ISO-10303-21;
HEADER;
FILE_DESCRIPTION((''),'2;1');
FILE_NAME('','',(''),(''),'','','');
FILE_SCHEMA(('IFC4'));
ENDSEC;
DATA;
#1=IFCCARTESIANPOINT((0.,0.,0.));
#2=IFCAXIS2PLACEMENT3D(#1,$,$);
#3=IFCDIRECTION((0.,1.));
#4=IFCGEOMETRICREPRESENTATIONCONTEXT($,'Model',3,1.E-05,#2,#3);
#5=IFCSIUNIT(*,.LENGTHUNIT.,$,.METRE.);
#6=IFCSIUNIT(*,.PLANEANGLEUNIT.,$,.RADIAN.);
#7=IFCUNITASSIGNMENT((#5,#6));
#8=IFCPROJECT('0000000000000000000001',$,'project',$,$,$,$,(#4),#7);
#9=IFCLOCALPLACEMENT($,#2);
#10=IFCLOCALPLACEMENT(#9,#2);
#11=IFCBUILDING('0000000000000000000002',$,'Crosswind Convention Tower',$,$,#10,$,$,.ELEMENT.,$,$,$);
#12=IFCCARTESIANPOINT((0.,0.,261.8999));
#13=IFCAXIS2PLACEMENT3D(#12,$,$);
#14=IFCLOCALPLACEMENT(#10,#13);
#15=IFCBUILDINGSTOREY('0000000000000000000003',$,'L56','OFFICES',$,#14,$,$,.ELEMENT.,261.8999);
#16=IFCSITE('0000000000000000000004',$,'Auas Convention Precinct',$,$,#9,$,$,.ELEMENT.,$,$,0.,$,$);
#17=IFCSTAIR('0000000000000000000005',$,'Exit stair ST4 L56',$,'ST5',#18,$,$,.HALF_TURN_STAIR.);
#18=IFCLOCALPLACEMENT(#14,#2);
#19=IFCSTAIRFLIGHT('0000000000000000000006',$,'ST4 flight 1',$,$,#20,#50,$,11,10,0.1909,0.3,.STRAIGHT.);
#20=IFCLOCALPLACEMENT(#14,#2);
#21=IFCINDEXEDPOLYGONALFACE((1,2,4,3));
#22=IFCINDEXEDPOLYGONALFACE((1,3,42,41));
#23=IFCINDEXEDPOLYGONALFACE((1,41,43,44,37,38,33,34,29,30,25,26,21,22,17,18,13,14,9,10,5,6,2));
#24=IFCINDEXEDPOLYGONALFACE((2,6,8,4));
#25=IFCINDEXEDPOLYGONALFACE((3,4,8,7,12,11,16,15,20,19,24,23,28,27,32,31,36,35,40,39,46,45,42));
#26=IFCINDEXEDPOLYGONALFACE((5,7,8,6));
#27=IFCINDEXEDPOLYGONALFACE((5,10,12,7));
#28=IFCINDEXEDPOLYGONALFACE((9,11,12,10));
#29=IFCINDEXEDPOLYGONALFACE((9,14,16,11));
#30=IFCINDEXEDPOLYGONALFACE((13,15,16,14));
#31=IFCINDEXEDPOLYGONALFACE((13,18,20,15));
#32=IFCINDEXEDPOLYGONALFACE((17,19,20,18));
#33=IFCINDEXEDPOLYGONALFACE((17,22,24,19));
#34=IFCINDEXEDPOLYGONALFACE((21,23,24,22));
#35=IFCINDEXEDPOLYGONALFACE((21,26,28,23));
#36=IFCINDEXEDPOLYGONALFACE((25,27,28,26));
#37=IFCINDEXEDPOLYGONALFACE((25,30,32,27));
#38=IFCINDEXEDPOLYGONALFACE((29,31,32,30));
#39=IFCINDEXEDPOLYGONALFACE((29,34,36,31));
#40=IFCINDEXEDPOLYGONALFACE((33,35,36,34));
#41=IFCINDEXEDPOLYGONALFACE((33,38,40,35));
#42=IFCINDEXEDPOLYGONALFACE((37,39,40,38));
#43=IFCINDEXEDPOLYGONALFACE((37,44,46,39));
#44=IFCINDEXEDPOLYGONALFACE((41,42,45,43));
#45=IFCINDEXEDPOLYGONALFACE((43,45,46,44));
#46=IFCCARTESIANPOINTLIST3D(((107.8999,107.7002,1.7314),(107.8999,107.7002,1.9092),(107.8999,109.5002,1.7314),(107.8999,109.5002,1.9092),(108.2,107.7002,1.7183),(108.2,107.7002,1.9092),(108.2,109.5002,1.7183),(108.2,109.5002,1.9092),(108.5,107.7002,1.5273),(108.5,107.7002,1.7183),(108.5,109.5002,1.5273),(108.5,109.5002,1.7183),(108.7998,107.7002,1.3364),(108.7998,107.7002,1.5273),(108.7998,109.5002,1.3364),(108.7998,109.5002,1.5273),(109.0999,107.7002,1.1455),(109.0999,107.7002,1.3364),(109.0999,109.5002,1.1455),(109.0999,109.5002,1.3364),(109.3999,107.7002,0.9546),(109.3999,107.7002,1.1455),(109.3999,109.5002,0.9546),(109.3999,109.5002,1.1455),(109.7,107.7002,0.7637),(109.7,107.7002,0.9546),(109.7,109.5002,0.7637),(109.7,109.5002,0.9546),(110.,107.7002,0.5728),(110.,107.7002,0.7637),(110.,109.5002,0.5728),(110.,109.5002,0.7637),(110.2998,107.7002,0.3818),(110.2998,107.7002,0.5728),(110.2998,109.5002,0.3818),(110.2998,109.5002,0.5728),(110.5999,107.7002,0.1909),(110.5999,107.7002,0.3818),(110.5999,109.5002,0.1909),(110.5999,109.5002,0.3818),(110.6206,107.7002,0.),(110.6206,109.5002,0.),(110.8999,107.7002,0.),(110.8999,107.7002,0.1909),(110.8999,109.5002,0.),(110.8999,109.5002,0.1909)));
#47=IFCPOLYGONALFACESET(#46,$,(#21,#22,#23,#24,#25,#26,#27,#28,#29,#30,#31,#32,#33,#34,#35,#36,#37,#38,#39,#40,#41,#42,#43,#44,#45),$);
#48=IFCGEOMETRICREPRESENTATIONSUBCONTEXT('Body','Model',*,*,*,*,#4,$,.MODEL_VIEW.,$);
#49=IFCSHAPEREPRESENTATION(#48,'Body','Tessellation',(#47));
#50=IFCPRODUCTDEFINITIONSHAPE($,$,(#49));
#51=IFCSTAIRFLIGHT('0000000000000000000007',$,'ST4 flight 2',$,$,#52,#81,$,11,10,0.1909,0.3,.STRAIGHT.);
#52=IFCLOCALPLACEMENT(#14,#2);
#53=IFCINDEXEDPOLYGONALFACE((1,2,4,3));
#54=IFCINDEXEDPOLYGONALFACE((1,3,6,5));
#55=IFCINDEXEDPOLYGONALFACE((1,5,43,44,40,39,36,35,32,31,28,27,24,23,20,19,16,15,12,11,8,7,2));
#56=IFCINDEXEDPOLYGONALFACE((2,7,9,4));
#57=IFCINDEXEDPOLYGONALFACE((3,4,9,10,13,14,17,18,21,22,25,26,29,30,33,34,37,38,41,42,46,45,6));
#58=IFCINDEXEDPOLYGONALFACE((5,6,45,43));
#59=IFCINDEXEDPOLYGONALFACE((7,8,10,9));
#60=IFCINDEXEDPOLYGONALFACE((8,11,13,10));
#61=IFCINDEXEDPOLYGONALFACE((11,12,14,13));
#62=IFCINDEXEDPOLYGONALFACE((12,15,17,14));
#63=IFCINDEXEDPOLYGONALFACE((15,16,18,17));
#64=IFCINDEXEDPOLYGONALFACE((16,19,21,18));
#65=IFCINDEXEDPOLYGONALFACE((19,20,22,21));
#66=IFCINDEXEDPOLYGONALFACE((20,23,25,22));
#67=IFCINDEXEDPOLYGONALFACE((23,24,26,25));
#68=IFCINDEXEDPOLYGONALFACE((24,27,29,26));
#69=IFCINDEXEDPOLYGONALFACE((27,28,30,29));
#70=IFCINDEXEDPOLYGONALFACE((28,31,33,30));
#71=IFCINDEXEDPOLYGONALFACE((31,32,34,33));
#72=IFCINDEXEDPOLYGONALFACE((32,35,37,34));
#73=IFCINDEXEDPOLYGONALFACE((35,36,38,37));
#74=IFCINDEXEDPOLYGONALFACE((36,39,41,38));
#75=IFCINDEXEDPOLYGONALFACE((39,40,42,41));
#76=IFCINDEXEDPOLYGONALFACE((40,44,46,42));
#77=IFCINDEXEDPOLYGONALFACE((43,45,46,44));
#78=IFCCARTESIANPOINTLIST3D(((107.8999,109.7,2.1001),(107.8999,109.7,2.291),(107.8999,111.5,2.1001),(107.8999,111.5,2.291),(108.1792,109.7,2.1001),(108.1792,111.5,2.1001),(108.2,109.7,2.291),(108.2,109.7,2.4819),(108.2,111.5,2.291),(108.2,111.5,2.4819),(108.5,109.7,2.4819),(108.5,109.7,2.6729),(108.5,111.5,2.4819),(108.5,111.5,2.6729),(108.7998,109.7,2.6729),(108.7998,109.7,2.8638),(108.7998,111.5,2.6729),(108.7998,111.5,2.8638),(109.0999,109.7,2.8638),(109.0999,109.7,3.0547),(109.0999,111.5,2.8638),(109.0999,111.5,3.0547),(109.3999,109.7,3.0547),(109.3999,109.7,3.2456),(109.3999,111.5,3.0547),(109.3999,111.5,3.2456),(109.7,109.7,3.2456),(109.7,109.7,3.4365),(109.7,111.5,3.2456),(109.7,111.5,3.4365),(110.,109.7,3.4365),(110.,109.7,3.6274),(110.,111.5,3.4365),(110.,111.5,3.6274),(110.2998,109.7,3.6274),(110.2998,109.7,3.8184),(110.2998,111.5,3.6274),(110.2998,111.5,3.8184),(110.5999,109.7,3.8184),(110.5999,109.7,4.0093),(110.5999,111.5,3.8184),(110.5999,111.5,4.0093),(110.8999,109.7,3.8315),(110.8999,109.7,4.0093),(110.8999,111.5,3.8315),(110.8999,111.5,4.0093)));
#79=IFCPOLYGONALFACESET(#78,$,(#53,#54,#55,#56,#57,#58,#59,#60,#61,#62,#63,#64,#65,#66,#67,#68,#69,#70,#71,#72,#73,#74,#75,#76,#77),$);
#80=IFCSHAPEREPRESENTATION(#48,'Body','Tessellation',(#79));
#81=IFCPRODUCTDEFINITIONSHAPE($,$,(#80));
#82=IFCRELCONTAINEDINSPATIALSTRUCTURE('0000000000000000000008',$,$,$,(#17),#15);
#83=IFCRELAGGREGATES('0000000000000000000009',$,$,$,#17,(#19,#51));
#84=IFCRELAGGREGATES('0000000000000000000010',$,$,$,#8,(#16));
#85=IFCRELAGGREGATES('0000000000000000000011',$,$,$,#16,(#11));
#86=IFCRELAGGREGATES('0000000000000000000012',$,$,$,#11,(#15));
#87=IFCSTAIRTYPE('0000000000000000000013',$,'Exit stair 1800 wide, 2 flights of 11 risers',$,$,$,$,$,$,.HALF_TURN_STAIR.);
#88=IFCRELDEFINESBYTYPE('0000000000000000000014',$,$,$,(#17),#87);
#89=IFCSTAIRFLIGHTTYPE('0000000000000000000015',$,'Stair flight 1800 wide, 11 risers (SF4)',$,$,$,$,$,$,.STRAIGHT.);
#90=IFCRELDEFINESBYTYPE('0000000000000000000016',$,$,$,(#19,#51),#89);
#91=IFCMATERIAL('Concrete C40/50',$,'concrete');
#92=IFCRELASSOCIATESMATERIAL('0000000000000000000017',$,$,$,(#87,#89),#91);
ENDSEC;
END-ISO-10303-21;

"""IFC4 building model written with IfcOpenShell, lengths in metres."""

from ifc_helpers import new_model, si_unit, direction, frame, origin, place, context, subcontext, project, spatial, polyline, outline, extrude, material, type_object, element, aggregate, save


model = new_model("IFC4")

# Units and contexts
model_context = context("Model", 3, precision=1e-05, world=origin(), true_north=direction((0.0, 1.0)))
body_context = subcontext(model_context, "Body", "Model", "MODEL_VIEW")
ifc_project = project(units=[si_unit("LENGTHUNIT", "METRE"), si_unit("PLANEANGLEUNIT", "RADIAN")], contexts=[model_context])

# Site, building, storey
site_placement = place(None, origin())
site = spatial("IfcSite", under=ifc_project, at=site_placement, Name="Auas Convention Precinct", CompositionType="ELEMENT", RefElevation=0.0)
building_placement = place(site_placement, origin())
building = spatial("IfcBuilding", under=site, at=building_placement, Name="Crosswind Convention Tower", CompositionType="ELEMENT")
storey_placement = place(building_placement, frame((0.0, 0.0, 261.8999)))
storey = spatial("IfcBuildingStorey", under=building, at=storey_placement, Name="L56", Description="OFFICES", CompositionType="ELEMENT", Elevation=261.8999)

# Stair, stair flights
ifc_material_1 = material(Name="Concrete C40/50", Category="concrete")
stair_type = type_object("IfcStairType", Name="Exit stair 1800 wide, 2 flights of 11 risers", PredefinedType="HALF_TURN_STAIR", material=ifc_material_1)
stair_placement = place(storey_placement, origin())
stair = element("IfcStair", 1, at=stair_placement, inside=storey, type_object=stair_type, Name="Exit stair ST4 L56", ObjectType="ST5", PredefinedType="HALF_TURN_STAIR")
stair_flight_type = type_object("IfcStairFlightType", Name="Stair flight 1800 wide, 11 risers (SF4)", PredefinedType="STRAIGHT", material=ifc_material_1)
stair_flight_1_placement = place(storey_placement, frame((110.8999, 108.6001, 0.0), z_axis=(0.0, 0.0, 1.0), x_axis=(-1.0, 0.0, 0.0)))
stair_flight_1 = element("IfcStairFlight", 2, at=stair_flight_1_placement, type_object=stair_flight_type, Name="ST4 flight 1", NumberOfRisers=11, NumberOfTreads=10, PredefinedType="STRAIGHT", RiserHeight=0.1909, TreadLength=0.3, context=body_context, shape_type="SweptSolid", body=[
    extrude(outline(polyline([(0.0, 0.0), (0.0, 0.1909), (0.3, 0.1909), (0.3, 0.3818), (0.6001, 0.3818), (0.6001, 0.5728), (0.8999, 0.5728), (0.8999, 0.7637), (1.2, 0.7637), (1.2, 0.9546), (1.5, 0.9546), (1.5, 1.1455), (1.8, 1.1455), (1.8, 1.3364), (2.1001, 1.3364), (2.1001, 1.5273), (2.3999, 1.5273), (2.3999, 1.7183), (2.7, 1.7183), (2.7, 1.9092), (3.0, 1.9092), (3.0, 2.1001), (3.0, 1.7314), (0.2793, 0.0), (0.0, 0.0)])), frame((0.0, 0.8999, 0.0), z_axis=(0.0, -1.0, 0.0), x_axis=(1.0, 0.0, 0.0)), (0.0, 0.0, 1.0), 1.8),
])
stair_flight_2_placement = place(storey_placement, frame((107.8999, 110.6001, 2.1001), z_axis=(0.0, 0.0, 1.0), x_axis=(1.0, 0.0, 0.0)))
stair_flight_2 = element("IfcStairFlight", 3, at=stair_flight_2_placement, type_object=stair_flight_type, Name="ST4 flight 2", NumberOfRisers=11, NumberOfTreads=10, PredefinedType="STRAIGHT", RiserHeight=0.1909, TreadLength=0.3, context=body_context, shape_type="SweptSolid", body=[
    extrude(outline(polyline([(0.0, 0.0), (0.0, 0.1909), (0.3, 0.1909), (0.3, 0.3818), (0.6001, 0.3818), (0.6001, 0.5728), (0.8999, 0.5728), (0.8999, 0.7637), (1.2, 0.7637), (1.2, 0.9546), (1.5, 0.9546), (1.5, 1.1455), (1.8, 1.1455), (1.8, 1.3364), (2.1001, 1.3364), (2.1001, 1.5273), (2.3999, 1.5273), (2.3999, 1.7183), (2.7, 1.7183), (2.7, 1.9092), (3.0, 1.9092), (3.0, 2.1001), (3.0, 1.7314), (0.2793, 0.0), (0.0, 0.0)])), frame((0.0, 0.8999, 0.0), z_axis=(0.0, -1.0, 0.0), x_axis=(1.0, 0.0, 0.0)), (0.0, 0.0, 1.0), 1.8),
])
aggregate(stair, [stair_flight_1, stair_flight_2])

save(model, "model.ifc")
